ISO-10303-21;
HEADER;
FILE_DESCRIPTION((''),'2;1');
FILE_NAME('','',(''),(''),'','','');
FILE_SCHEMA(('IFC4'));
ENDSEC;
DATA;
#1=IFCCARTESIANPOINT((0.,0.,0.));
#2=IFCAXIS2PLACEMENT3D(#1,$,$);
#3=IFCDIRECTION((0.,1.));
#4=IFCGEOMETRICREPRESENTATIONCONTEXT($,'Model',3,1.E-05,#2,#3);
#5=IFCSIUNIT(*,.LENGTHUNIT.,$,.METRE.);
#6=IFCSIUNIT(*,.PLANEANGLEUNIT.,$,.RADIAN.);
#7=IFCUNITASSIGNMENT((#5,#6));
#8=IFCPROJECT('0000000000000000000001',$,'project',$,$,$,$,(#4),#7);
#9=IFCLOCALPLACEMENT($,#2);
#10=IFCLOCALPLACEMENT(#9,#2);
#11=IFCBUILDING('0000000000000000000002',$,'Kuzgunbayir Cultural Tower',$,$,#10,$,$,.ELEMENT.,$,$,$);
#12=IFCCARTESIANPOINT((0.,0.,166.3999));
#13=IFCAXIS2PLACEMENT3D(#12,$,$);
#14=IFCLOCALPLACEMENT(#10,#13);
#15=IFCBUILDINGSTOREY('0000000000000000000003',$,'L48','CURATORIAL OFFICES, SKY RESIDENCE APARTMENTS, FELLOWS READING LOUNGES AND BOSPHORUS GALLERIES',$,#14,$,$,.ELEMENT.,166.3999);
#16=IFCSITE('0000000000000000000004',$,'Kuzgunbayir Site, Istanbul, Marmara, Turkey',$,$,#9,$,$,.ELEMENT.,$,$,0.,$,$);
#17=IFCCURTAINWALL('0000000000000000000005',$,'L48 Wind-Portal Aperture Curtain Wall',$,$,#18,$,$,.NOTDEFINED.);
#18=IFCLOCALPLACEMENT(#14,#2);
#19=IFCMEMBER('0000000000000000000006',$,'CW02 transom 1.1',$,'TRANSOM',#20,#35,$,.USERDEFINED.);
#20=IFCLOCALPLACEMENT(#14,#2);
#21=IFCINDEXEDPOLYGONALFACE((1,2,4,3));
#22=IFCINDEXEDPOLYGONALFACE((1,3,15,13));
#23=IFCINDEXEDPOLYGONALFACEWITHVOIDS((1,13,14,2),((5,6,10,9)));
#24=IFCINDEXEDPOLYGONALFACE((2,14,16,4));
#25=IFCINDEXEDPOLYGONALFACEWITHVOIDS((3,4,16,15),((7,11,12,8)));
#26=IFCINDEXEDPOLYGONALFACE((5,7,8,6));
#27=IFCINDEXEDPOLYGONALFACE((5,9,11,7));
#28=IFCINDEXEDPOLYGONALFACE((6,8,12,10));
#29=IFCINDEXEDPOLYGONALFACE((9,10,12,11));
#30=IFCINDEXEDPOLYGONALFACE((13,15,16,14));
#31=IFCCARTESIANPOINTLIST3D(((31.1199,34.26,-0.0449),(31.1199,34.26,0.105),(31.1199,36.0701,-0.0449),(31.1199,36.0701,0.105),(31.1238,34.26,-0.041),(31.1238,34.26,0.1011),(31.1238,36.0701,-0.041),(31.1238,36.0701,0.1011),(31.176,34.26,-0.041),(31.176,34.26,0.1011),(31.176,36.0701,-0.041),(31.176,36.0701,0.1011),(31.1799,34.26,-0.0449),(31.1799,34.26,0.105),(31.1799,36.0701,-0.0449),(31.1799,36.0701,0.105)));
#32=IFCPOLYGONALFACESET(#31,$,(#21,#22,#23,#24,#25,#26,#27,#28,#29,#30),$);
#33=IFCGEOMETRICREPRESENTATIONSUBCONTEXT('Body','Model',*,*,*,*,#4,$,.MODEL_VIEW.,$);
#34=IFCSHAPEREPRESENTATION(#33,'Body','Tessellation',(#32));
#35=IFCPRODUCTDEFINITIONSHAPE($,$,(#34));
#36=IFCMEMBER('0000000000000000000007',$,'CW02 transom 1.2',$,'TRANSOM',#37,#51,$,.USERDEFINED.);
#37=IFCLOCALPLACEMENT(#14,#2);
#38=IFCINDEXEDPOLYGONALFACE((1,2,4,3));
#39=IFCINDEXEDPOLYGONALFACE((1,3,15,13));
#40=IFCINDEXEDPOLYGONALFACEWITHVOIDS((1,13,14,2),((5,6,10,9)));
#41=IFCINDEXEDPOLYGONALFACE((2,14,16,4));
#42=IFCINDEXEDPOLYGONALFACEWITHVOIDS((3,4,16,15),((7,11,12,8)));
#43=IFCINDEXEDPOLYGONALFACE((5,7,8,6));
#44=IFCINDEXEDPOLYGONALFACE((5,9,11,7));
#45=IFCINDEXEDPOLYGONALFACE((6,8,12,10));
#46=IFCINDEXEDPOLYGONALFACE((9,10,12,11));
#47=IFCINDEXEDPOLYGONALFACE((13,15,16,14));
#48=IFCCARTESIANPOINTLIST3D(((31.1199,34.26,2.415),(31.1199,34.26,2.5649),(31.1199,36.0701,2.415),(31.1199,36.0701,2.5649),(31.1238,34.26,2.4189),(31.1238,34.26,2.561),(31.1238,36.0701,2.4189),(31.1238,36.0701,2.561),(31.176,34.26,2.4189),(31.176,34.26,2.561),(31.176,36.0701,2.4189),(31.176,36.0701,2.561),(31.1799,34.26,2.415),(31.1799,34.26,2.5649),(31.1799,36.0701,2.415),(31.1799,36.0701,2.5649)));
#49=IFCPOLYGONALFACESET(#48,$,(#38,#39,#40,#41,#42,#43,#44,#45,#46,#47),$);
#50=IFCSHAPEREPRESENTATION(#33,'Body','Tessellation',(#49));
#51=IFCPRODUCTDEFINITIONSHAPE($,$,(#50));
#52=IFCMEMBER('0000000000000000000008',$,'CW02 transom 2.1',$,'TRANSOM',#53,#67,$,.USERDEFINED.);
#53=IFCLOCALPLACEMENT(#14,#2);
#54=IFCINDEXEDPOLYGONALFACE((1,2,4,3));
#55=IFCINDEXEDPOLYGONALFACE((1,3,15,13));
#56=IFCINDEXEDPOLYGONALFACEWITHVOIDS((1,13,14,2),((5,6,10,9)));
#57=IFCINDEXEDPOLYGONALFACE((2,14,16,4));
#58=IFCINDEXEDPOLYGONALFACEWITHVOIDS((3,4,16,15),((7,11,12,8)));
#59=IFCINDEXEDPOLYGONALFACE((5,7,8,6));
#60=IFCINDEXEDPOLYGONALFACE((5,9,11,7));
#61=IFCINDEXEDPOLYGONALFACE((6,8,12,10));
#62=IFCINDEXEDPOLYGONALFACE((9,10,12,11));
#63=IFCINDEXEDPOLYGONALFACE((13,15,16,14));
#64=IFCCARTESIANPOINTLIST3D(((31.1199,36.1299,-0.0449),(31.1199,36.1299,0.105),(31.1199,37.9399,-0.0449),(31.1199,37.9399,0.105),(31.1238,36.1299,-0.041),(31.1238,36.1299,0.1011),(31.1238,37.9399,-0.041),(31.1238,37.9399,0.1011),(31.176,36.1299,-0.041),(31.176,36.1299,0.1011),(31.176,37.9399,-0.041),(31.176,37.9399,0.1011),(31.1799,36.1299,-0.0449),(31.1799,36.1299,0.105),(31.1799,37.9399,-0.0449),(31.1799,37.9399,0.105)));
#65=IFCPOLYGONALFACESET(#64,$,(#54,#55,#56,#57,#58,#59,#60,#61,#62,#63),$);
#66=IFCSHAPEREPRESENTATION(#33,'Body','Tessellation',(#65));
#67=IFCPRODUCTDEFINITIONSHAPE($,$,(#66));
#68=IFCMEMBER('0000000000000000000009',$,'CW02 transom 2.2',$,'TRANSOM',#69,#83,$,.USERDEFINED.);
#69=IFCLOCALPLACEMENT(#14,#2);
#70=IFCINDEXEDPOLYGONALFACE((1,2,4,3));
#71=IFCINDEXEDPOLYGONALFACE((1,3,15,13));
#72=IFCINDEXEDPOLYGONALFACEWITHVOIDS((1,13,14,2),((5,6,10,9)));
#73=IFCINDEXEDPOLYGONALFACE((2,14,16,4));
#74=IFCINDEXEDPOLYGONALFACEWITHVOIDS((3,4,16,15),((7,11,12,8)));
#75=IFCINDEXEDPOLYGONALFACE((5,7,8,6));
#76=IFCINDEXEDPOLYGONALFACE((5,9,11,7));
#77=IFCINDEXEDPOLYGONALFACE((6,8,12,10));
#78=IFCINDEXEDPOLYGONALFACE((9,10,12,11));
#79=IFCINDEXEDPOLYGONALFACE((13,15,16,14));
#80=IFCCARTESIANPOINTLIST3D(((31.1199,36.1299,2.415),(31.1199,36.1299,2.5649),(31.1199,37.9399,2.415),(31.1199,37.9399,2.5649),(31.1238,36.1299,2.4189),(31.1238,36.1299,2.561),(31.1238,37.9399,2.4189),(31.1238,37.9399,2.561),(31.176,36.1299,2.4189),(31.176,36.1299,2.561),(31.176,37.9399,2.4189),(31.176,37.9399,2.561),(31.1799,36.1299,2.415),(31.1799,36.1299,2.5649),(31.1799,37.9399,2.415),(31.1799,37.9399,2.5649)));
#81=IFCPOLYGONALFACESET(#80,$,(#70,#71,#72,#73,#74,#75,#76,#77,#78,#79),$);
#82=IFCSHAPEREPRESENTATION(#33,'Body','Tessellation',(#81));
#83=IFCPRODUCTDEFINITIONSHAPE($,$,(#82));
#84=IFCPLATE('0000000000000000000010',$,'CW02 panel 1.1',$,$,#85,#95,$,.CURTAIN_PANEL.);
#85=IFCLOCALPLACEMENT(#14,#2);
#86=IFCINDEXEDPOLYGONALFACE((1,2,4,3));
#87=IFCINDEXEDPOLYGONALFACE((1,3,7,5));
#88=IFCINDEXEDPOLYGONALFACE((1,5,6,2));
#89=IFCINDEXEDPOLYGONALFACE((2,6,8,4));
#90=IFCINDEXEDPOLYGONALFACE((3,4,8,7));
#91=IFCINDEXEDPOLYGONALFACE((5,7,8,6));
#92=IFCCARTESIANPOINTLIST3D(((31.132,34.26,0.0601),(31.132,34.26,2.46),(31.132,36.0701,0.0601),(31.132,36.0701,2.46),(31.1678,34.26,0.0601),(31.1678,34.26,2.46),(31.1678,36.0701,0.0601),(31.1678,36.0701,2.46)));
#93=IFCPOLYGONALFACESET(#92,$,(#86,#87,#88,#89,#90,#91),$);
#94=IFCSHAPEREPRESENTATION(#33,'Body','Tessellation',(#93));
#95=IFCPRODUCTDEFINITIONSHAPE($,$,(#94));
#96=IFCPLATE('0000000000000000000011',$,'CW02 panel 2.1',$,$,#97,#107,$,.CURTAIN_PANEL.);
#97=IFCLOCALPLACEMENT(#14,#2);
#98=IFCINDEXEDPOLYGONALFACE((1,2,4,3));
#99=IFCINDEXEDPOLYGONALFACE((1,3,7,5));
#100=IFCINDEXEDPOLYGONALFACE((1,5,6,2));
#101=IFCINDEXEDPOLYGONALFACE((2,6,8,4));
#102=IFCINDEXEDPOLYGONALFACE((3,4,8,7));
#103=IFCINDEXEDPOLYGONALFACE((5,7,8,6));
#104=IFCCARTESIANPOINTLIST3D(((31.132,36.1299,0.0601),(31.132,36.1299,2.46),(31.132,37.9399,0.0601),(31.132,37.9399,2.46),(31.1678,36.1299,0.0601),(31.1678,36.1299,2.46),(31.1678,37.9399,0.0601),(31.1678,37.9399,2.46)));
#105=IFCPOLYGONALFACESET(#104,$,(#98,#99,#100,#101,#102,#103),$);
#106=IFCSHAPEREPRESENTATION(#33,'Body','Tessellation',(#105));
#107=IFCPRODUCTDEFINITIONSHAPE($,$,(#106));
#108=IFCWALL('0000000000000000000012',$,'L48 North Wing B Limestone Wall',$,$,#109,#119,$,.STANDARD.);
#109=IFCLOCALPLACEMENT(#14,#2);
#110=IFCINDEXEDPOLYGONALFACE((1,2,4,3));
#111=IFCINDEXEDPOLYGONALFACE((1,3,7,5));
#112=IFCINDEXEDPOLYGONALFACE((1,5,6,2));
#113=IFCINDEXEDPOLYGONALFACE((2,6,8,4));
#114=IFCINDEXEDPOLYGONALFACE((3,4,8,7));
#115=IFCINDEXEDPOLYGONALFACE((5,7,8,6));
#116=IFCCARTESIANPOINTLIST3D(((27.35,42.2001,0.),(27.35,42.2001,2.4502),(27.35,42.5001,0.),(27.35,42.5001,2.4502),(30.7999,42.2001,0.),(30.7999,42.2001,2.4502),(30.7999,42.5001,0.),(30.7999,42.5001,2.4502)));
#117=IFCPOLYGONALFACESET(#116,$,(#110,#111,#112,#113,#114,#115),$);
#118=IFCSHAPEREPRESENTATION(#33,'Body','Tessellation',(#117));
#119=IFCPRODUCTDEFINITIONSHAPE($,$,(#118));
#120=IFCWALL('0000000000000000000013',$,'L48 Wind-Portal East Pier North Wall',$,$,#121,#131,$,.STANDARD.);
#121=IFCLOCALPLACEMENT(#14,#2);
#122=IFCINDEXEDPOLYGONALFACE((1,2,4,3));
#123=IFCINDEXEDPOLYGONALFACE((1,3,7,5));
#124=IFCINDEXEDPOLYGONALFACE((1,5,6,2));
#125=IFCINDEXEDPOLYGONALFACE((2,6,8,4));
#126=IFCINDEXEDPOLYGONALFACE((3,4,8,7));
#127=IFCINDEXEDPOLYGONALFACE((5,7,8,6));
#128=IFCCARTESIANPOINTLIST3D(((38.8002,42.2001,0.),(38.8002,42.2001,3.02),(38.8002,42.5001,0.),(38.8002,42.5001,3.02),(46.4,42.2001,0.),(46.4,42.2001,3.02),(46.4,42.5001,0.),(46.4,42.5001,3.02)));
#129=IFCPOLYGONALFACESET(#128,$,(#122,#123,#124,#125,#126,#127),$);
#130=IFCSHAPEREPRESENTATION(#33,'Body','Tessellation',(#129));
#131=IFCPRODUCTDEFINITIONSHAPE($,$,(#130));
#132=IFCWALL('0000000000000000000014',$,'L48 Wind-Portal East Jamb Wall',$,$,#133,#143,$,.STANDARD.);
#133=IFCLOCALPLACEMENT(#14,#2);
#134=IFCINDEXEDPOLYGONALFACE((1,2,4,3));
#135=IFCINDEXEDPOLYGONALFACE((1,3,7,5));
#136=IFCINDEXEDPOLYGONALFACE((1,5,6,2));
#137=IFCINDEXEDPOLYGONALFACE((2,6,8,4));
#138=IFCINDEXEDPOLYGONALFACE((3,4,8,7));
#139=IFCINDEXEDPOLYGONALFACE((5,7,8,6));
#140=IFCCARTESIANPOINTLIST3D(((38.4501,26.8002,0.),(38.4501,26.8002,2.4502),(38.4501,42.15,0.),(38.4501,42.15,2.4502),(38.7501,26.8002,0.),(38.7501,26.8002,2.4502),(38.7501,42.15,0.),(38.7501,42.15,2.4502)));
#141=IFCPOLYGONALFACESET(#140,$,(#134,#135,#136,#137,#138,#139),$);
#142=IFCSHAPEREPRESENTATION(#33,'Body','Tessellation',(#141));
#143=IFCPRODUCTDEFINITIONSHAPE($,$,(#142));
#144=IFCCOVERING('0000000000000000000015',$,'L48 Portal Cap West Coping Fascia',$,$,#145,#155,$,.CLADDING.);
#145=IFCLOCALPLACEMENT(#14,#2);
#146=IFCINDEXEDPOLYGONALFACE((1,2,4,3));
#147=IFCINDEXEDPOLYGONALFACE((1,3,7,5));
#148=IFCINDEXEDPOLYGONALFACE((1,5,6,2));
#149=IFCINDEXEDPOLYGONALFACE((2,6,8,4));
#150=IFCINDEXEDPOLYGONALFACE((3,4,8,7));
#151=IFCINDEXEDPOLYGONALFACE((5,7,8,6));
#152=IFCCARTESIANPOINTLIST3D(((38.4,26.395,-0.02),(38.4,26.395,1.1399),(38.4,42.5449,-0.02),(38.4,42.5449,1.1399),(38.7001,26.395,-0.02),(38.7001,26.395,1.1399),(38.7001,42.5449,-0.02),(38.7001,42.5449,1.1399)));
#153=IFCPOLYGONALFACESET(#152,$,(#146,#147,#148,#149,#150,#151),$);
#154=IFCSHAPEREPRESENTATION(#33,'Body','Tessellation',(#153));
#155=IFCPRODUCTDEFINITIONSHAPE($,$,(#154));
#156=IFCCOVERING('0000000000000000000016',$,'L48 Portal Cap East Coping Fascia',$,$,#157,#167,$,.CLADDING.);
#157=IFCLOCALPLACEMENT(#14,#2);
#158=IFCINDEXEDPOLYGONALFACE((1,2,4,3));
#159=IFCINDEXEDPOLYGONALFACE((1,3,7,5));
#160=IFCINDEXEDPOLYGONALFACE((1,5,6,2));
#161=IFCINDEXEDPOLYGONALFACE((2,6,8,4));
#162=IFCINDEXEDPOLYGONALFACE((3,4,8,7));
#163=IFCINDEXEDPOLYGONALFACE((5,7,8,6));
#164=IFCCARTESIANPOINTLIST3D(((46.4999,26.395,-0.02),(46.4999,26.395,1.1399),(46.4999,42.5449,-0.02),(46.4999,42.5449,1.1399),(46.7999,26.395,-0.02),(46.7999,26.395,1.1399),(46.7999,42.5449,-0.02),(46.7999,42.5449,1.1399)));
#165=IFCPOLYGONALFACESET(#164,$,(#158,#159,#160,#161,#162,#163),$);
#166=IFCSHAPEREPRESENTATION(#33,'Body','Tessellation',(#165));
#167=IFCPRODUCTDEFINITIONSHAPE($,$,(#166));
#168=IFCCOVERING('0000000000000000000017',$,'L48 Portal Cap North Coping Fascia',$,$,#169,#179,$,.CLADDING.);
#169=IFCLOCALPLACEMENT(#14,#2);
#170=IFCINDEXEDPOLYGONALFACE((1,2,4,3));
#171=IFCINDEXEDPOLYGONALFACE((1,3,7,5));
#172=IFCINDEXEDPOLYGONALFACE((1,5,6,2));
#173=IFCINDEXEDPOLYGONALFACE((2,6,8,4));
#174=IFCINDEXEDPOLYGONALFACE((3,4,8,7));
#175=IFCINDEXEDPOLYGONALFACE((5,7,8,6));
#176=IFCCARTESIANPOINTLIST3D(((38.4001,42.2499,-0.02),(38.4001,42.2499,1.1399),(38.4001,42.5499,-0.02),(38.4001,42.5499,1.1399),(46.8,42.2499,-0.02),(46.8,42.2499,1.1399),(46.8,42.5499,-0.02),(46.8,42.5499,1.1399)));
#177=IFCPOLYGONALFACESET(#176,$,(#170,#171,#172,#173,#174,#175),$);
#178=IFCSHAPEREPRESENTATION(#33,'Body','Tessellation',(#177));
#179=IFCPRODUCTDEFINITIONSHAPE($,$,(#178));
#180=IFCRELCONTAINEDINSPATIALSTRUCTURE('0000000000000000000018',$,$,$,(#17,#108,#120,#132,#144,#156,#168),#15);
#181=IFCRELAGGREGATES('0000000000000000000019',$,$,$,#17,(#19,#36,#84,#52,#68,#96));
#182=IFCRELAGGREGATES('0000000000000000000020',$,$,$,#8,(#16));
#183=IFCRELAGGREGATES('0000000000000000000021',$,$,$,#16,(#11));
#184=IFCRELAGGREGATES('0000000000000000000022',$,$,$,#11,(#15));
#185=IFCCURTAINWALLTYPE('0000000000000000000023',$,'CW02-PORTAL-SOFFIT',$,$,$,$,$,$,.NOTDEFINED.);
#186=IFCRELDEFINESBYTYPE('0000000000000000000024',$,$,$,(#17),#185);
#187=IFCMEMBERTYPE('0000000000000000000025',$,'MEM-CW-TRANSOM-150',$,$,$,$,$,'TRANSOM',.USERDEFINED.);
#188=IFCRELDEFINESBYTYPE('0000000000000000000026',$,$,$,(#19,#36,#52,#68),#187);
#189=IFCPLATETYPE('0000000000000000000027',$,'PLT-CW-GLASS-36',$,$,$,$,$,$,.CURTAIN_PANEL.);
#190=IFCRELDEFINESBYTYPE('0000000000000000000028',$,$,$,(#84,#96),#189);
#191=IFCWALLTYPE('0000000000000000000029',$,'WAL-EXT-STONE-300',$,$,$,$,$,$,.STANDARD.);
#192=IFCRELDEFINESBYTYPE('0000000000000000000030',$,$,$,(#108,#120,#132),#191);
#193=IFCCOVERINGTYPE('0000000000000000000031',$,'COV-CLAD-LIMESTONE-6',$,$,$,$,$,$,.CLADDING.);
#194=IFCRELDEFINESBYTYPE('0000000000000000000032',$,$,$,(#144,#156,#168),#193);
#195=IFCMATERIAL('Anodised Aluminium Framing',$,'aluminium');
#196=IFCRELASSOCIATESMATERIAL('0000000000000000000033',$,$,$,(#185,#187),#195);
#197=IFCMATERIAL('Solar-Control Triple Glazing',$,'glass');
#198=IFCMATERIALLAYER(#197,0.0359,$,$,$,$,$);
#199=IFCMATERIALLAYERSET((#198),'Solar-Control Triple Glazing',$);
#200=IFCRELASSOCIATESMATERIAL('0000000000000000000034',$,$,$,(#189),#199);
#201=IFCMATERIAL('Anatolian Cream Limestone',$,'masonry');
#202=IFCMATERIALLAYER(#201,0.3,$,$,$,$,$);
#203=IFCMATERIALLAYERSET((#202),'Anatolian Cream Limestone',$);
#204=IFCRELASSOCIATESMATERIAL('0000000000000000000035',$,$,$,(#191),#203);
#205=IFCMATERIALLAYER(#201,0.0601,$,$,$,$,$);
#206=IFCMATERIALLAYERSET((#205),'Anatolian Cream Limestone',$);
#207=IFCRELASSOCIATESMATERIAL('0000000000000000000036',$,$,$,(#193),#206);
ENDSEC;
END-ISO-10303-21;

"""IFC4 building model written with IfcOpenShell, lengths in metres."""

from ifc_helpers import new_model, si_unit, direction, frame, frame_2d, origin, origin_2d, place, context, subcontext, project, spatial, rectangle, hollow_rectangle, extrude, material, layer, layer_set, material_profile, profile_set, type_object, element, aggregate, save


model = new_model("IFC4")

# Units and contexts
model_context = context("Model", 3, precision=1e-05, world=origin(), true_north=direction((0.0, 1.0)))
body_context = subcontext(model_context, "Body", "Model", "MODEL_VIEW")
ifc_project = project(units=[si_unit("LENGTHUNIT", "METRE"), si_unit("PLANEANGLEUNIT", "RADIAN")], contexts=[model_context])

# Site, building, storey
site_placement = place(None, origin())
site = spatial("IfcSite", under=ifc_project, at=site_placement, Name="Kuzgunbayir Site, Istanbul, Marmara, Turkey", CompositionType="ELEMENT", RefElevation=0.0)
building_placement = place(site_placement, origin())
building = spatial("IfcBuilding", under=site, at=building_placement, Name="Kuzgunbayir Cultural Tower", CompositionType="ELEMENT")
storey_placement = place(building_placement, frame((0.0, 0.0, 166.3999)))
storey = spatial("IfcBuildingStorey", under=building, at=storey_placement, Name="L48", Description="CURATORIAL OFFICES, SKY RESIDENCE APARTMENTS, FELLOWS READING LOUNGES AND BOSPHORUS GALLERIES", CompositionType="ELEMENT", Elevation=166.3999)

# Curtain wall, members, plates
ifc_material_1 = material(Name="Anodised Aluminium Framing", Category="aluminium")
curtain_wall_type = type_object("IfcCurtainWallType", Name="CW02-PORTAL-SOFFIT", PredefinedType="NOTDEFINED", material=ifc_material_1)
curtain_wall_placement = place(storey_placement, origin())
curtain_wall = element("IfcCurtainWall", 1, at=curtain_wall_placement, inside=storey, type_object=curtain_wall_type, Name="L48 Wind-Portal Aperture Curtain Wall", PredefinedType="NOTDEFINED")
ifc_material_profile_1 = material_profile(ifc_material_1, hollow_rectangle(XDim=0.0601, YDim=0.1499, WallThickness=0.0039, at=origin_2d()), Name="RHS 150x60x4")
ifc_profile_set_1 = profile_set([ifc_material_profile_1], Name="Anodised Aluminium Framing")
member_type_1 = type_object("IfcMemberType", Name="MEM-CW-TRANSOM-150", ElementType="TRANSOM", PredefinedType="USERDEFINED", material=ifc_profile_set_1)
member_1_placement = place(storey_placement, frame((31.1499, 34.26, 0.03), z_axis=(0.0, 1.0, 0.0), x_axis=(-1.0, 0.0, 0.0)))
member_1 = element("IfcMember", 2, at=member_1_placement, type_object=member_type_1, Name="CW02 transom 1.1", ObjectType="TRANSOM", PredefinedType="USERDEFINED", context=body_context, shape_type="SweptSolid", body=[
    extrude(hollow_rectangle(XDim=0.0601, YDim=0.1499, WallThickness=0.0039, at=origin_2d()), origin(), (0.0, 0.0, 1.0), 1.8101),
])
member_2_placement = place(storey_placement, frame((31.1499, 34.26, 2.49), z_axis=(0.0, 1.0, 0.0), x_axis=(-1.0, 0.0, 0.0)))
member_2 = element("IfcMember", 3, at=member_2_placement, type_object=member_type_1, Name="CW02 transom 1.2", ObjectType="TRANSOM", PredefinedType="USERDEFINED", context=body_context, shape_type="SweptSolid", body=[
    extrude(hollow_rectangle(XDim=0.0601, YDim=0.1499, WallThickness=0.0039, at=origin_2d()), origin(), (0.0, 0.0, 1.0), 1.8101),
])
member_3_placement = place(storey_placement, frame((31.1499, 36.1299, 0.03), z_axis=(0.0, 1.0, 0.0), x_axis=(-1.0, 0.0, 0.0)))
member_3 = element("IfcMember", 4, at=member_3_placement, type_object=member_type_1, Name="CW02 transom 2.1", ObjectType="TRANSOM", PredefinedType="USERDEFINED", context=body_context, shape_type="SweptSolid", body=[
    extrude(hollow_rectangle(XDim=0.0601, YDim=0.1499, WallThickness=0.0039, at=origin_2d()), origin(), (0.0, 0.0, 1.0), 1.8101),
])
member_4_placement = place(storey_placement, frame((31.1499, 36.1299, 2.49), z_axis=(0.0, 1.0, 0.0), x_axis=(-1.0, 0.0, 0.0)))
member_4 = element("IfcMember", 5, at=member_4_placement, type_object=member_type_1, Name="CW02 transom 2.2", ObjectType="TRANSOM", PredefinedType="USERDEFINED", context=body_context, shape_type="SweptSolid", body=[
    extrude(hollow_rectangle(XDim=0.0601, YDim=0.1499, WallThickness=0.0039, at=origin_2d()), origin(), (0.0, 0.0, 1.0), 1.8101),
])
ifc_material_2 = material(Name="Solar-Control Triple Glazing", Category="glass")
ifc_layer_1 = layer(ifc_material_2, 0.0359)
ifc_layer_set_1 = layer_set([ifc_layer_1], Name="Solar-Control Triple Glazing")
plate_type = type_object("IfcPlateType", Name="PLT-CW-GLASS-36", PredefinedType="CURTAIN_PANEL", material=ifc_layer_set_1)
plate_1_placement = place(storey_placement, frame((31.1499, 35.165, 0.0601), z_axis=(0.0, 0.0, 1.0), x_axis=(0.0, 1.0, 0.0)))
plate_1 = element("IfcPlate", 6, at=plate_1_placement, type_object=plate_type, Name="CW02 panel 1.1", PredefinedType="CURTAIN_PANEL", context=body_context, shape_type="SweptSolid", body=[
    extrude(rectangle(XDim=1.8101, YDim=0.0359, at=origin_2d()), origin(), (0.0, 0.0, 1.0), 2.3999),
])
plate_2_placement = place(storey_placement, frame((31.1499, 37.0349, 0.0601), z_axis=(0.0, 0.0, 1.0), x_axis=(0.0, 1.0, 0.0)))
plate_2 = element("IfcPlate", 7, at=plate_2_placement, type_object=plate_type, Name="CW02 panel 2.1", PredefinedType="CURTAIN_PANEL", context=body_context, shape_type="SweptSolid", body=[
    extrude(rectangle(XDim=1.8101, YDim=0.0359, at=origin_2d()), origin(), (0.0, 0.0, 1.0), 2.3999),
])
aggregate(curtain_wall, [member_1, member_2, plate_1, member_3, member_4, plate_2])

# Walls
ifc_material_3 = material(Name="Anatolian Cream Limestone", Category="masonry")
ifc_layer_2 = layer(ifc_material_3, 0.3)
ifc_layer_set_2 = layer_set([ifc_layer_2], Name="Anatolian Cream Limestone")
wall_type_1 = type_object("IfcWallType", Name="WAL-EXT-STONE-300", PredefinedType="STANDARD", material=ifc_layer_set_2)
wall_1_placement = place(storey_placement, frame((30.8, 42.3501, 0.0), z_axis=(0.0, 0.0, 1.0), x_axis=(-1.0, 0.0, 0.0)))
element("IfcWall", 8, at=wall_1_placement, inside=storey, type_object=wall_type_1, Name="L48 North Wing B Limestone Wall", PredefinedType="STANDARD", context=body_context, shape_type="SweptSolid", body=[
    extrude(rectangle(XDim=3.45, YDim=0.3, at=frame_2d((1.7251, 0.0))), origin(), (0.0, 0.0, 1.0), 2.4502),
])
wall_2_placement = place(storey_placement, frame((46.3999, 42.3501, 0.0), z_axis=(0.0, 0.0, 1.0), x_axis=(-1.0, 0.0, 0.0)))
element("IfcWall", 9, at=wall_2_placement, inside=storey, type_object=wall_type_1, Name="L48 Wind-Portal East Pier North Wall", PredefinedType="STANDARD", context=body_context, shape_type="SweptSolid", body=[
    extrude(rectangle(XDim=7.5999, YDim=0.3, at=frame_2d((3.7998, 0.0))), origin(), (0.0, 0.0, 1.0), 3.02),
])
wall_3_placement = place(storey_placement, frame((38.6001, 42.1499, 0.0), z_axis=(0.0, 0.0, 1.0), x_axis=(0.0, -1.0, 0.0)))
element("IfcWall", 10, at=wall_3_placement, inside=storey, type_object=wall_type_1, Name="L48 Wind-Portal East Jamb Wall", PredefinedType="STANDARD", context=body_context, shape_type="SweptSolid", body=[
    extrude(rectangle(XDim=15.3499, YDim=0.3, at=frame_2d((7.6748, 0.0))), origin(), (0.0, 0.0, 1.0), 2.4502),
])

# Coverings
ifc_layer_3 = layer(ifc_material_3, 0.0601)
ifc_layer_set_3 = layer_set([ifc_layer_3], Name="Anatolian Cream Limestone")
covering_type = type_object("IfcCoveringType", Name="COV-CLAD-LIMESTONE-6", PredefinedType="CLADDING", material=ifc_layer_set_3)
for number, where, z_axis, x_axis, name in (
    (11, (38.55, 34.47, -0.02), (0.0, 0.0, 1.0), (1.0, 0.0, 0.0), "L48 Portal Cap West Coping Fascia"),
    (12, (46.6499, 34.47, -0.02), (0.0, 0.0, 1.0), (1.0, 0.0, 0.0), "L48 Portal Cap East Coping Fascia"),
):
    element("IfcCovering", number, at=place(storey_placement, frame(where, z_axis=z_axis, x_axis=x_axis)), inside=storey, type_object=covering_type, Name=name, PredefinedType="CLADDING", context=body_context, shape_type="SweptSolid", body=[
        extrude(rectangle(XDim=0.3, YDim=16.1499, at=origin_2d()), origin(), (0.0, 0.0, 1.0), 1.1599),
    ])
covering_placement = place(storey_placement, frame((42.6001, 42.3999, -0.02), z_axis=(0.0, 0.0, 1.0), x_axis=(1.0, 0.0, 0.0)))
element("IfcCovering", 13, at=covering_placement, inside=storey, type_object=covering_type, Name="L48 Portal Cap North Coping Fascia", PredefinedType="CLADDING", context=body_context, shape_type="SweptSolid", body=[
    extrude(rectangle(XDim=8.3999, YDim=0.3, at=origin_2d()), origin(), (0.0, 0.0, 1.0), 1.1599),
])

save(model, "model.ifc")
